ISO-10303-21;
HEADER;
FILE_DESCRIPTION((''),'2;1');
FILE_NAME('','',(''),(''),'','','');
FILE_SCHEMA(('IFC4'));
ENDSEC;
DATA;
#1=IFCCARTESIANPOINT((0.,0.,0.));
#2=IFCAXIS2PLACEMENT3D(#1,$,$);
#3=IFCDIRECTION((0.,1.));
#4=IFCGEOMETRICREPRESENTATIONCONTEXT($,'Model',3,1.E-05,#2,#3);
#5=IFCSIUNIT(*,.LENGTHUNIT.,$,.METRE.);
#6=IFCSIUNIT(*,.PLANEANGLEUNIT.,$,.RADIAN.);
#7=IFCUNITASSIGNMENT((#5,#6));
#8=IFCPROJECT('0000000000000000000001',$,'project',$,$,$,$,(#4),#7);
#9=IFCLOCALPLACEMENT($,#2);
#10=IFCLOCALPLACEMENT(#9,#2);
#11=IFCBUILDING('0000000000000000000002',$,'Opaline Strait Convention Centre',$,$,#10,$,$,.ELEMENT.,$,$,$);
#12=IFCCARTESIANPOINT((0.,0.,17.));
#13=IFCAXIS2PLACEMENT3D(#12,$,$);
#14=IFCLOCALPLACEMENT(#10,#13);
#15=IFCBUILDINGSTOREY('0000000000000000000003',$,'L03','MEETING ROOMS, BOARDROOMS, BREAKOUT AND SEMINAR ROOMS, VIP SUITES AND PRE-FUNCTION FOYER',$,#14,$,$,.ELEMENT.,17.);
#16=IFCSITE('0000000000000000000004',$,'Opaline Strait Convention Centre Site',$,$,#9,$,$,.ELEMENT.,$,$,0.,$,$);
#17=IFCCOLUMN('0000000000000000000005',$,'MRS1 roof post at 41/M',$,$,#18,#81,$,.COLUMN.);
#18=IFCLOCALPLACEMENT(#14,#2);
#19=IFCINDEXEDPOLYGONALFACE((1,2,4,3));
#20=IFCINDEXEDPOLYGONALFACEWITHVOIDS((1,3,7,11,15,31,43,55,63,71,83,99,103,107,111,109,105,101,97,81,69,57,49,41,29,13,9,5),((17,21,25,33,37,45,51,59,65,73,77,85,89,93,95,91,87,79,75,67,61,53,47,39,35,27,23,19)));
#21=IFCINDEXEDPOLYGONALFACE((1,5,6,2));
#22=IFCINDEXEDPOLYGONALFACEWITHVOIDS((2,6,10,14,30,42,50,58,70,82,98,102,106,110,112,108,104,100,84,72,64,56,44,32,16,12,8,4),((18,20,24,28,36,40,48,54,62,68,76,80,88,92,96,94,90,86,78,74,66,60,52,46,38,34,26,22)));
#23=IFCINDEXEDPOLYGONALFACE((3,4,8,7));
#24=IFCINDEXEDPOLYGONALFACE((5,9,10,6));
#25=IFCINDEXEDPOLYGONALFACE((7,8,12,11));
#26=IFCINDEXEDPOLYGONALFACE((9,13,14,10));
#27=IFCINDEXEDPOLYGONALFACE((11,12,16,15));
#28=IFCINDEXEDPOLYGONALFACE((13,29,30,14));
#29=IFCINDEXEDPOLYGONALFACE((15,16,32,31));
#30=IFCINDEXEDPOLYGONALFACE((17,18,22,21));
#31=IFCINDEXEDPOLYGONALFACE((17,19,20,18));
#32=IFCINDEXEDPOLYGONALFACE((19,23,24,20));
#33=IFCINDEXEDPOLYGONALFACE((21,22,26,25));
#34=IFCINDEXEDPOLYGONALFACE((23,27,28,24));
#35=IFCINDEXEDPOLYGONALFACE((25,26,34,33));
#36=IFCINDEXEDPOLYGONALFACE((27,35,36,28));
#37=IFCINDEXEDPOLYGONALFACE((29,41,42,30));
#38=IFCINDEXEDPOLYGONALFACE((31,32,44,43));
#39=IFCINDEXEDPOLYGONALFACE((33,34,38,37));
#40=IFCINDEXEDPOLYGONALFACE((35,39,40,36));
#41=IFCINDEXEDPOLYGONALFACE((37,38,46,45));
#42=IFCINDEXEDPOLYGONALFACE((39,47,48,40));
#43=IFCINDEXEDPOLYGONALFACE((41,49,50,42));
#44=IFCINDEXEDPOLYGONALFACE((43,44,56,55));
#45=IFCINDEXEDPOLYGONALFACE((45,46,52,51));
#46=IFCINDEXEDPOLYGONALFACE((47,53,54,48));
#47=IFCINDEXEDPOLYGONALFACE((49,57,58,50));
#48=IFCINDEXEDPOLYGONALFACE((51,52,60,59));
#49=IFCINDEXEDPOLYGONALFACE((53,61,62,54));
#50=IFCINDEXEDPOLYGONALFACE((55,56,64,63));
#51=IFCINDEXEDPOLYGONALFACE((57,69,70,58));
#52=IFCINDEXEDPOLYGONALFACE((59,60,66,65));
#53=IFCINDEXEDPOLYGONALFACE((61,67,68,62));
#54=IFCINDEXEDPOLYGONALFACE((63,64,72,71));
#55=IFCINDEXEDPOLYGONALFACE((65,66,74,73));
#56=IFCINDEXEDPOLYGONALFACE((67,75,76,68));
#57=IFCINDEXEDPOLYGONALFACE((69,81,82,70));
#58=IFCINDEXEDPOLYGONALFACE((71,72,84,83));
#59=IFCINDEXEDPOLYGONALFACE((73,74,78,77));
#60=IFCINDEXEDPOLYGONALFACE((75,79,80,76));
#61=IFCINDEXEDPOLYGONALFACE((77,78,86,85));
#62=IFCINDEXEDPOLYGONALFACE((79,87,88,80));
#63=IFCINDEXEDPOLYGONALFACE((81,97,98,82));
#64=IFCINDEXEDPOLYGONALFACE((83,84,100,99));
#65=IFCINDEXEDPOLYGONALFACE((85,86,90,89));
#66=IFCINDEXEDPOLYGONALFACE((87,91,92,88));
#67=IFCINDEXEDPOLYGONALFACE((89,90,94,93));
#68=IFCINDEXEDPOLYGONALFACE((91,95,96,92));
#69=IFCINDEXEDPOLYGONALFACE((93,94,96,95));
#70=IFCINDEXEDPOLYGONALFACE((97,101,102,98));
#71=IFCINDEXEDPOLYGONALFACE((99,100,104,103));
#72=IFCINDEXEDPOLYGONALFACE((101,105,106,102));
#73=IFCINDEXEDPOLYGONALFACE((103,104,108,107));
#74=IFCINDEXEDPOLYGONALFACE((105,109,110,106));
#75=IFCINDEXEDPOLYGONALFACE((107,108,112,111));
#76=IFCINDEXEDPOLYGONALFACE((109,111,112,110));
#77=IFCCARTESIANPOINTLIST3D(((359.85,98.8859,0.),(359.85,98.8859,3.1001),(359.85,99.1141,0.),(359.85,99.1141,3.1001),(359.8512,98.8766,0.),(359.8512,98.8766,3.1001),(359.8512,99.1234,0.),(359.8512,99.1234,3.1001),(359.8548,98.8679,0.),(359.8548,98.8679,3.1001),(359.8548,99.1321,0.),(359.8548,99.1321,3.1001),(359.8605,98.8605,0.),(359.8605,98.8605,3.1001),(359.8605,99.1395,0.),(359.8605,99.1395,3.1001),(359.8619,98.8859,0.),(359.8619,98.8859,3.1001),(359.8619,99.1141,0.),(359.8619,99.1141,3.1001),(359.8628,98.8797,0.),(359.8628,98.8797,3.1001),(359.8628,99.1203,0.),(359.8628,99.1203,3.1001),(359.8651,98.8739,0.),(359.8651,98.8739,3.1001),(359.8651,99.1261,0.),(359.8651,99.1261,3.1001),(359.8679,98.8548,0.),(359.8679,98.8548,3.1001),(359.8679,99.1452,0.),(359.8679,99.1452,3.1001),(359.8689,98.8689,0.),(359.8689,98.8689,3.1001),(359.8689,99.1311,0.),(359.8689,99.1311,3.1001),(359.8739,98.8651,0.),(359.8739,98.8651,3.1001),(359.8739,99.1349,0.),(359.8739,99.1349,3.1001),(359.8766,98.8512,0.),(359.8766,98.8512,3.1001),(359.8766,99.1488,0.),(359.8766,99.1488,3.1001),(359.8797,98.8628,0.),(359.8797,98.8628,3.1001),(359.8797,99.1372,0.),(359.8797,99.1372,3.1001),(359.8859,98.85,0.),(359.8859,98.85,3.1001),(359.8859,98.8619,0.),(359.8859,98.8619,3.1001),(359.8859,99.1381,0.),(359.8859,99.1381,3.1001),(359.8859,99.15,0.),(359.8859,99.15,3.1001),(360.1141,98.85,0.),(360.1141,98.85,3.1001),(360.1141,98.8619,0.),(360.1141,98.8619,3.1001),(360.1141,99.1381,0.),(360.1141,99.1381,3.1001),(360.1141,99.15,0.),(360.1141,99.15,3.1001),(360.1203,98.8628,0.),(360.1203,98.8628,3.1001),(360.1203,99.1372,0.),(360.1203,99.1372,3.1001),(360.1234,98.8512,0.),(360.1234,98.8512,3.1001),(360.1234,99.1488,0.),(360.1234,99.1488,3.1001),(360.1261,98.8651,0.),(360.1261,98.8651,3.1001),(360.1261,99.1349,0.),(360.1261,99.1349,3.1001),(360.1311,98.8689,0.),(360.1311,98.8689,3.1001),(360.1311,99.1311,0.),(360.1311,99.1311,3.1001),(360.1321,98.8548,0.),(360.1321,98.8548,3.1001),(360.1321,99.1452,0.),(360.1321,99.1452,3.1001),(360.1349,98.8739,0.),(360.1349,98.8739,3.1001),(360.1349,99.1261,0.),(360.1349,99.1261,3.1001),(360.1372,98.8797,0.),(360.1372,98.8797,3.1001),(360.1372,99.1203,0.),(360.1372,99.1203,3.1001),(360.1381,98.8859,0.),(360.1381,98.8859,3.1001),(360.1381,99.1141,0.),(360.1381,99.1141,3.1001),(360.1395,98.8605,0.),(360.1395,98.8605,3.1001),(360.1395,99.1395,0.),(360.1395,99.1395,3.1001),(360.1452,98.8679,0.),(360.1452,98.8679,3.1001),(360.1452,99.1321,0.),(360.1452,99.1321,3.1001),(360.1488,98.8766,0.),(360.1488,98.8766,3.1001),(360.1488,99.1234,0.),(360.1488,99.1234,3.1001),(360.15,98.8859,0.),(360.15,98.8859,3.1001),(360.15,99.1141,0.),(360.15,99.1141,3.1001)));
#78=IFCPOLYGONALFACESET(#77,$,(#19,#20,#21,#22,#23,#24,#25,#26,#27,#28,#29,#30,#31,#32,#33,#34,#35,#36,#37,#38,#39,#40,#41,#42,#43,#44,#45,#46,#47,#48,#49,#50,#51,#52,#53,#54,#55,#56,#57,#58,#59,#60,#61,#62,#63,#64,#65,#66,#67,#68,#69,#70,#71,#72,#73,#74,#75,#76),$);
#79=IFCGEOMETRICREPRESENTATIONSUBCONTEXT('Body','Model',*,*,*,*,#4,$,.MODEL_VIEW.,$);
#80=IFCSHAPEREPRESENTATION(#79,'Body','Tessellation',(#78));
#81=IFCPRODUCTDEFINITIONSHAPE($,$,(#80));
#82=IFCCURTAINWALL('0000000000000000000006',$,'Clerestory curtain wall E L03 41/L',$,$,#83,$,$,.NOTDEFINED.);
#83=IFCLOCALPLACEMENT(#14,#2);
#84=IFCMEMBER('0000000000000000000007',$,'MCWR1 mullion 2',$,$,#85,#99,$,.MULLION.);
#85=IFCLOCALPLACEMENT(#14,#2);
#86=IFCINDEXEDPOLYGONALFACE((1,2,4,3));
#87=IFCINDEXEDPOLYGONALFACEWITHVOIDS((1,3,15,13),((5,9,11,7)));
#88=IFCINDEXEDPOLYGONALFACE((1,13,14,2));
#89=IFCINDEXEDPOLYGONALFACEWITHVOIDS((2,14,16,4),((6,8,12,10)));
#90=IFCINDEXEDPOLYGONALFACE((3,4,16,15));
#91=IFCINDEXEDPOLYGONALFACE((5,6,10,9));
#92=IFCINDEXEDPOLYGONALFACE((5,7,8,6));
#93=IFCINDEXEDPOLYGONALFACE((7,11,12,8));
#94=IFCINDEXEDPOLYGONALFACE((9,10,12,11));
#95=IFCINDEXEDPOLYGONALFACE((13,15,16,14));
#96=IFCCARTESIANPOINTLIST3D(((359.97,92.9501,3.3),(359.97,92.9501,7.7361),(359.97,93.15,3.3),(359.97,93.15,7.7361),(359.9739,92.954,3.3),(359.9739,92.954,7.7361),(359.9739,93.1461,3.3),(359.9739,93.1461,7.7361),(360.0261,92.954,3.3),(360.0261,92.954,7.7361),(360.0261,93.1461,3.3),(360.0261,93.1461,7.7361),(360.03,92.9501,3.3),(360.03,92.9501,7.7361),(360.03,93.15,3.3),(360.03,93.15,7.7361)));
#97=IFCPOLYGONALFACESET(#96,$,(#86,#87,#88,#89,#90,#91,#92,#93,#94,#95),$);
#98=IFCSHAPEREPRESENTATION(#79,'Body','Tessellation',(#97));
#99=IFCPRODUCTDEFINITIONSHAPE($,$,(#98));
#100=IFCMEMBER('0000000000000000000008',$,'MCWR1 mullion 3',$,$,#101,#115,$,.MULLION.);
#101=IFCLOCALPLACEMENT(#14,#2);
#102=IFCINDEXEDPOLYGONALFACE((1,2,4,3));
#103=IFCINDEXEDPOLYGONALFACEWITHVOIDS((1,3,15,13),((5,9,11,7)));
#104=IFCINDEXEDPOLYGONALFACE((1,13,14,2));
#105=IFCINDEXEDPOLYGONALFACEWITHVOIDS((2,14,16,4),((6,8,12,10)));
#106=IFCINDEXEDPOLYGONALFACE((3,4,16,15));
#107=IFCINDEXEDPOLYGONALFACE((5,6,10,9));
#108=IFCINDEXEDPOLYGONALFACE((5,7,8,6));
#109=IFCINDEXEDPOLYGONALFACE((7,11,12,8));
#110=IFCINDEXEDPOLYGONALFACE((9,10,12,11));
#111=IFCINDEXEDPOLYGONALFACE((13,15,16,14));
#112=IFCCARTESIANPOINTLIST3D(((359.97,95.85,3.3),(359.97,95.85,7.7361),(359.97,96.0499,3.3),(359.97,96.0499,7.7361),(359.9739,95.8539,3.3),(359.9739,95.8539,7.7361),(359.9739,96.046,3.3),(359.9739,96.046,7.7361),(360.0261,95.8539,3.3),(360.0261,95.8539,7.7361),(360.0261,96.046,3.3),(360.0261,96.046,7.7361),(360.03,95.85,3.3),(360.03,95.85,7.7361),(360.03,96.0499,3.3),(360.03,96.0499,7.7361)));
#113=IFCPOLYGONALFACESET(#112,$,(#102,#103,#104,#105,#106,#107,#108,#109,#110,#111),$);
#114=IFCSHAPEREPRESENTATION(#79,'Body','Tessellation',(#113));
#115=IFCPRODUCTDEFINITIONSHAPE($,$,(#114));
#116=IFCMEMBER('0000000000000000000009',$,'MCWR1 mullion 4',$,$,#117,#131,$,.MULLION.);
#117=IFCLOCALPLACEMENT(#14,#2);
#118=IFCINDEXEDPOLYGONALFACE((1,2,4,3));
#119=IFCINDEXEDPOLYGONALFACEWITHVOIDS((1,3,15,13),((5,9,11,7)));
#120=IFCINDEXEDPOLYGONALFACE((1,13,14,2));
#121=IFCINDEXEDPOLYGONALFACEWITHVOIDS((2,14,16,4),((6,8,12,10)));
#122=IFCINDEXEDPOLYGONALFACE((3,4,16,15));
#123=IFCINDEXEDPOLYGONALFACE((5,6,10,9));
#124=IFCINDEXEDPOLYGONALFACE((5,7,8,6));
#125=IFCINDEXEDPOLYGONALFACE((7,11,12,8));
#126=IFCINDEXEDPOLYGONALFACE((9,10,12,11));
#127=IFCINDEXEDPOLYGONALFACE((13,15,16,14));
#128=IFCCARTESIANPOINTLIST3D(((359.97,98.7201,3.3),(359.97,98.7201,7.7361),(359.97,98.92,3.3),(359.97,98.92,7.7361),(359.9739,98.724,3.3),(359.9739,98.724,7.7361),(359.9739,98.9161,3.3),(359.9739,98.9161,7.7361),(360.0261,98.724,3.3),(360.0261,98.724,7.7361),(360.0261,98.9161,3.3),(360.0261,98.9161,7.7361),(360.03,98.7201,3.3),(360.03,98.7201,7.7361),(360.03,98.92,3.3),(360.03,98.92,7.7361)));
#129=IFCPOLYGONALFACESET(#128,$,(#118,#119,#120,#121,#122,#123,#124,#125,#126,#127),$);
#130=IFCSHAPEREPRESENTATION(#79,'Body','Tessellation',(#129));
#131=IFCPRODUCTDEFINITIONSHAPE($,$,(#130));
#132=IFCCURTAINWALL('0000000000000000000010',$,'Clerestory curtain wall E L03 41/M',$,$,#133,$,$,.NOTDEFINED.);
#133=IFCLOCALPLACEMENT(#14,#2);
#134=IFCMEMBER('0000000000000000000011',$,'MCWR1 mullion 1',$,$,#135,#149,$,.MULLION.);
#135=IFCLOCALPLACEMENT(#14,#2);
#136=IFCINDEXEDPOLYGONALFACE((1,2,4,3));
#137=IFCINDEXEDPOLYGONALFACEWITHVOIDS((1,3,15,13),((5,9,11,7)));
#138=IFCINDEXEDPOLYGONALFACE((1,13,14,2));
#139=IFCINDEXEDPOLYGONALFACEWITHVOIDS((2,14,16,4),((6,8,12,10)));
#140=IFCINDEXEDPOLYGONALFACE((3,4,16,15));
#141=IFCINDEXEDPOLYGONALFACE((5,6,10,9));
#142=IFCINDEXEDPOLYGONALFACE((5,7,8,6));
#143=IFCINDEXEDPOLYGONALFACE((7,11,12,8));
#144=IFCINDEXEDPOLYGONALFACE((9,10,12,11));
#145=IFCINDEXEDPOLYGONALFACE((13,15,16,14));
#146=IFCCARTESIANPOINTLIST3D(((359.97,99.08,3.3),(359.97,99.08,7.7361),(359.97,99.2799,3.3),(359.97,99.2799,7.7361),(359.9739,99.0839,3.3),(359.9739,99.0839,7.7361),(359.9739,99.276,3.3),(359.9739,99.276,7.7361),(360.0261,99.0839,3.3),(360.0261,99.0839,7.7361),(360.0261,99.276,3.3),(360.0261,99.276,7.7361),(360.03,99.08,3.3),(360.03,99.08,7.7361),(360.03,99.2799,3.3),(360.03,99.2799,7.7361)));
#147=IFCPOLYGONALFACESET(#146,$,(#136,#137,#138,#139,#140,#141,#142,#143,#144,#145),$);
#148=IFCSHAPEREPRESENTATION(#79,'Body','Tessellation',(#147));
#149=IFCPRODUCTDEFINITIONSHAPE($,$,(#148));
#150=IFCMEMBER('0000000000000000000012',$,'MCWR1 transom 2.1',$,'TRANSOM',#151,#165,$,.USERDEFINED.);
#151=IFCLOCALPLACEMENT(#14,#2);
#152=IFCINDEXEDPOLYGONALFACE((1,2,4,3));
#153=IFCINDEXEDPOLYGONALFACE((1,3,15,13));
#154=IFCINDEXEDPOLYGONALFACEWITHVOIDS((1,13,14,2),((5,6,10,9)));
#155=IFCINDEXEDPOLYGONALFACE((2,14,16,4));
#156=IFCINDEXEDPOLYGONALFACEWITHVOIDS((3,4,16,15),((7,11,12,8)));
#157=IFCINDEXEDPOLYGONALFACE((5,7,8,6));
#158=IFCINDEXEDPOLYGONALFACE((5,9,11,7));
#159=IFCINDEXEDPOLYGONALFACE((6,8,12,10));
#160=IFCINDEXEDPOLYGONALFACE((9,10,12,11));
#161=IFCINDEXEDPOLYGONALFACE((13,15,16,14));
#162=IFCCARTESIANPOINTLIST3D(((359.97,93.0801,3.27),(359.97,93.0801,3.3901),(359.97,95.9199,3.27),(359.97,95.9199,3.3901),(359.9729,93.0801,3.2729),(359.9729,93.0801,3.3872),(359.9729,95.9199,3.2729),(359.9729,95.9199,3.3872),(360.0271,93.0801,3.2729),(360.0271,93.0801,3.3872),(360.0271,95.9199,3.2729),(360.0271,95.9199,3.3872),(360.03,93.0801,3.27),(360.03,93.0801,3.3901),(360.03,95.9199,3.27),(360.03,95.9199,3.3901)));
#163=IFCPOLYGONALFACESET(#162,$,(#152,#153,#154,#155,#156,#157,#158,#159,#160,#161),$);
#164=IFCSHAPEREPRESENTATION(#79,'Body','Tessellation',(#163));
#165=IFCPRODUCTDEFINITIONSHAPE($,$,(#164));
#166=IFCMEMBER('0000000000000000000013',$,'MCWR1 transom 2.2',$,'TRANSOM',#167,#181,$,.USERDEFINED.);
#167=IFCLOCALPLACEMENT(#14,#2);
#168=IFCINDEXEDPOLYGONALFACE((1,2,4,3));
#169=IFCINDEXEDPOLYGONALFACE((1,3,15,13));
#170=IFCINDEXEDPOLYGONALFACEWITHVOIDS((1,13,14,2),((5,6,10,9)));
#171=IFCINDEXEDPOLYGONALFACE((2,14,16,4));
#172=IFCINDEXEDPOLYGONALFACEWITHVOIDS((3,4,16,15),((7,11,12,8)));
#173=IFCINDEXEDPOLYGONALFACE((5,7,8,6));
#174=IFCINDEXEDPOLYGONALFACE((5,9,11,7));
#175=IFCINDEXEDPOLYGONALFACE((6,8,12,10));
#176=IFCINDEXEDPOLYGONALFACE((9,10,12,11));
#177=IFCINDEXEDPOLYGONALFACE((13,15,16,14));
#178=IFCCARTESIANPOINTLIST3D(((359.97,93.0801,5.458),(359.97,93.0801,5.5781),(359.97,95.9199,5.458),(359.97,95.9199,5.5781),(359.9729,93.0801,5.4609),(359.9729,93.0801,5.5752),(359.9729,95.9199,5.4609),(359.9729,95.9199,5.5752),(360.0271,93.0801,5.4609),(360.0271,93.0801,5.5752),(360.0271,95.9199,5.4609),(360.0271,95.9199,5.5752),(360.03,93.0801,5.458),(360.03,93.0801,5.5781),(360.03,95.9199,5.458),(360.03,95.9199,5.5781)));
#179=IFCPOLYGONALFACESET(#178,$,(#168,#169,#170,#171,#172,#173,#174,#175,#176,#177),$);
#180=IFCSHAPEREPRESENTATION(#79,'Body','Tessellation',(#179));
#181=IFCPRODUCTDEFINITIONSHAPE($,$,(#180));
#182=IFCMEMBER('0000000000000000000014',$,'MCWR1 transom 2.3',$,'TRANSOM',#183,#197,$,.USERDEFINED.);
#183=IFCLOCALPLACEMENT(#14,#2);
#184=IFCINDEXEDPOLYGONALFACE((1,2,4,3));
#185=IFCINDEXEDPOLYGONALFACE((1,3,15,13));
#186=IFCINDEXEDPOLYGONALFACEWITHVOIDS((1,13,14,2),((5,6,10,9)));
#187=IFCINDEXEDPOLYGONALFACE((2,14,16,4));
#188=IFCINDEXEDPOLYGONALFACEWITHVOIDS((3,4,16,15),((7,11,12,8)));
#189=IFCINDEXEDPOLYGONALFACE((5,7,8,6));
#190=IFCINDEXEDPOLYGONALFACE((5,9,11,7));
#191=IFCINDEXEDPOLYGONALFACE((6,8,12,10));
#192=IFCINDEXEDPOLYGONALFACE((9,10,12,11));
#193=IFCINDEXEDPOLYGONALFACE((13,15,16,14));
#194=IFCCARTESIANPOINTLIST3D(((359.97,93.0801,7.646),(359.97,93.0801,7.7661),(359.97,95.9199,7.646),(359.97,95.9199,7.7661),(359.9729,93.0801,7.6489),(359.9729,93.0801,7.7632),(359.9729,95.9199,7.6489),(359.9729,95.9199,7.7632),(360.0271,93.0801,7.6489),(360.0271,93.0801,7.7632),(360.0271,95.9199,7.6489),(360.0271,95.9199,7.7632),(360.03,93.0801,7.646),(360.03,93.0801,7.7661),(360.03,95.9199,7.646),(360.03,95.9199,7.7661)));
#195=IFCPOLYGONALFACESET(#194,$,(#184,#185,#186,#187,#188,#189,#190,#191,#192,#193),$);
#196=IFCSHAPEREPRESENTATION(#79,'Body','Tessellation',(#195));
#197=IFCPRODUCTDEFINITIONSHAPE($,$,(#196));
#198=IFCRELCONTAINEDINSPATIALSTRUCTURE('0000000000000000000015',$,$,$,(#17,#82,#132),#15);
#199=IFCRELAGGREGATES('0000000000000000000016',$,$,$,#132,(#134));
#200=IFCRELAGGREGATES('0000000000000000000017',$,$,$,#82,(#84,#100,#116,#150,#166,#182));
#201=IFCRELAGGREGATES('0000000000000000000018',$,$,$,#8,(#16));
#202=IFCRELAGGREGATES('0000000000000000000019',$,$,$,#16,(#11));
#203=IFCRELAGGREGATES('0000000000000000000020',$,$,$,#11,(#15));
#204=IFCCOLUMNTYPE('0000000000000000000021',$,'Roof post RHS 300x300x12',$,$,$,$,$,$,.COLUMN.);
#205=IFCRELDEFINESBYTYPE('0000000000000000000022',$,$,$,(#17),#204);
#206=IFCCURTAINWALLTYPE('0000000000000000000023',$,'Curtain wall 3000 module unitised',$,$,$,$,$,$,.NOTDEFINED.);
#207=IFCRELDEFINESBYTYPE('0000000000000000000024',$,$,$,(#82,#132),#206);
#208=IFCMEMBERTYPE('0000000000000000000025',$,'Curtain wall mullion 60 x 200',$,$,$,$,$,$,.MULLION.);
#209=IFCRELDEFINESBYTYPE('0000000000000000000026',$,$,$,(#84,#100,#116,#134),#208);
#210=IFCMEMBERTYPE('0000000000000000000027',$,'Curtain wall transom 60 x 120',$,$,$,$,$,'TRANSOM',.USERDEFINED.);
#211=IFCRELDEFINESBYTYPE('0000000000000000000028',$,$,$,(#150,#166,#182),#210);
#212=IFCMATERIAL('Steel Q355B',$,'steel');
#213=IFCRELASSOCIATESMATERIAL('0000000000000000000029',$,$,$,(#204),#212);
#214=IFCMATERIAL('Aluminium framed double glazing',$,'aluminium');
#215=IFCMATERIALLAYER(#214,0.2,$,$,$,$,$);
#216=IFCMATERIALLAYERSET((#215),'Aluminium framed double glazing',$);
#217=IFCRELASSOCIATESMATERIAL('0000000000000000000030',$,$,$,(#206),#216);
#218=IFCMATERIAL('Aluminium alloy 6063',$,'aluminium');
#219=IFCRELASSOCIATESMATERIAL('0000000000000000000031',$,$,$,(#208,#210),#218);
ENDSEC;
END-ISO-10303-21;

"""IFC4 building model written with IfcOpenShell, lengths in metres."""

from ifc_helpers import new_model, si_unit, direction, frame, origin, origin_2d, place, context, subcontext, project, spatial, hollow_rectangle, extrude, material, layer, layer_set, material_profile, profile_set, type_object, element, aggregate, save


model = new_model("IFC4")

# Units and contexts
model_context = context("Model", 3, precision=1e-05, world=origin(), true_north=direction((0.0, 1.0)))
body_context = subcontext(model_context, "Body", "Model", "MODEL_VIEW")
ifc_project = project(units=[si_unit("LENGTHUNIT", "METRE"), si_unit("PLANEANGLEUNIT", "RADIAN")], contexts=[model_context])

# Site, building, storey
site_placement = place(None, origin())
site = spatial("IfcSite", under=ifc_project, at=site_placement, Name="Opaline Strait Convention Centre Site", CompositionType="ELEMENT", RefElevation=0.0)
building_placement = place(site_placement, origin())
building = spatial("IfcBuilding", under=site, at=building_placement, Name="Opaline Strait Convention Centre", CompositionType="ELEMENT")
storey_placement = place(building_placement, frame((0.0, 0.0, 17.0)))
storey = spatial("IfcBuildingStorey", under=building, at=storey_placement, Name="L03", Description="MEETING ROOMS, BOARDROOMS, BREAKOUT AND SEMINAR ROOMS, VIP SUITES AND PRE-FUNCTION FOYER", CompositionType="ELEMENT", Elevation=17.0)

# Column
ifc_material_1 = material(Name="Steel Q355B", Category="steel")
ifc_material_profile_1 = material_profile(ifc_material_1, hollow_rectangle(XDim=0.3, YDim=0.3, WallThickness=0.012, InnerFilletRadius=0.0239, OuterFilletRadius=0.0359, at=origin_2d()), Name="RHS 300x300x12")
ifc_profile_set_1 = profile_set([ifc_material_profile_1], Name="Steel Q355B")
column_type = type_object("IfcColumnType", Name="Roof post RHS 300x300x12", PredefinedType="COLUMN", material=ifc_profile_set_1)
column_placement = place(storey_placement, frame((360.0, 99.0, 0.0), z_axis=(0.0, 0.0, 1.0), x_axis=(1.0, 0.0, 0.0)))
element("IfcColumn", 1, at=column_placement, inside=storey, type_object=column_type, Name="MRS1 roof post at 41/M", PredefinedType="COLUMN", context=body_context, shape_type="SweptSolid", body=[
    extrude(hollow_rectangle(XDim=0.3, YDim=0.3, WallThickness=0.012, InnerFilletRadius=0.0239, OuterFilletRadius=0.0359, at=origin_2d()), origin(), (0.0, 0.0, 1.0), 3.1001),
])

# Curtain wall, members
ifc_material_2 = material(Name="Aluminium framed double glazing", Category="aluminium")
ifc_layer_1 = layer(ifc_material_2, 0.2)
ifc_layer_set_1 = layer_set([ifc_layer_1], Name="Aluminium framed double glazing")
curtain_wall_type = type_object("IfcCurtainWallType", Name="Curtain wall 3000 module unitised", PredefinedType="NOTDEFINED", material=ifc_layer_set_1)
curtain_wall_1_placement = place(storey_placement, origin())
curtain_wall_1 = element("IfcCurtainWall", 2, at=curtain_wall_1_placement, inside=storey, type_object=curtain_wall_type, Name="Clerestory curtain wall E L03 41/L", PredefinedType="NOTDEFINED")
ifc_material_3 = material(Name="Aluminium alloy 6063", Category="aluminium")
ifc_material_profile_2 = material_profile(ifc_material_3, hollow_rectangle(XDim=0.0601, YDim=0.2, WallThickness=0.0039, at=origin_2d()), Name="MULLION 60x200x4")
ifc_profile_set_2 = profile_set([ifc_material_profile_2], Name="Aluminium alloy 6063")
member_type_1 = type_object("IfcMemberType", Name="Curtain wall mullion 60 x 200", PredefinedType="MULLION", material=ifc_profile_set_2)
member_1_placement = place(storey_placement, frame((360.0, 93.05, 3.3), z_axis=(0.0, 0.0, 1.0), x_axis=(-1.0, 0.0, 0.0)))
member_1 = element("IfcMember", 3, at=member_1_placement, type_object=member_type_1, Name="MCWR1 mullion 2", PredefinedType="MULLION", context=body_context, shape_type="SweptSolid", body=[
    extrude(hollow_rectangle(XDim=0.0601, YDim=0.2, WallThickness=0.0039, at=origin_2d()), origin(), (0.0, 0.0, 1.0), 4.436),
])
member_2_placement = place(storey_placement, frame((360.0, 95.95, 3.3), z_axis=(0.0, 0.0, 1.0), x_axis=(-1.0, 0.0, 0.0)))
member_2 = element("IfcMember", 4, at=member_2_placement, type_object=member_type_1, Name="MCWR1 mullion 3", PredefinedType="MULLION", context=body_context, shape_type="SweptSolid", body=[
    extrude(hollow_rectangle(XDim=0.0601, YDim=0.2, WallThickness=0.0039, at=origin_2d()), origin(), (0.0, 0.0, 1.0), 4.436),
])
member_3_placement = place(storey_placement, frame((360.0, 98.8201, 3.3), z_axis=(0.0, 0.0, 1.0), x_axis=(-1.0, 0.0, 0.0)))
member_3 = element("IfcMember", 5, at=member_3_placement, type_object=member_type_1, Name="MCWR1 mullion 4", PredefinedType="MULLION", context=body_context, shape_type="SweptSolid", body=[
    extrude(hollow_rectangle(XDim=0.0601, YDim=0.2, WallThickness=0.0039, at=origin_2d()), origin(), (0.0, 0.0, 1.0), 4.436),
])

# Curtain wall, member
curtain_wall_2_placement = place(storey_placement, origin())
curtain_wall_2 = element("IfcCurtainWall", 6, at=curtain_wall_2_placement, inside=storey, type_object=curtain_wall_type, Name="Clerestory curtain wall E L03 41/M", PredefinedType="NOTDEFINED")
member_4_placement = place(storey_placement, frame((360.0, 99.1799, 3.3), z_axis=(0.0, 0.0, 1.0), x_axis=(-1.0, 0.0, 0.0)))
member_4 = element("IfcMember", 7, at=member_4_placement, type_object=member_type_1, Name="MCWR1 mullion 1", PredefinedType="MULLION", context=body_context, shape_type="SweptSolid", body=[
    extrude(hollow_rectangle(XDim=0.0601, YDim=0.2, WallThickness=0.0039, at=origin_2d()), origin(), (0.0, 0.0, 1.0), 4.436),
])
aggregate(curtain_wall_2, [member_4])

# Members
ifc_material_profile_3 = material_profile(ifc_material_3, hollow_rectangle(XDim=0.0601, YDim=0.1201, WallThickness=0.0029, at=origin_2d()), Name="TRANSOM 60x120x3")
ifc_profile_set_3 = profile_set([ifc_material_profile_3], Name="Aluminium alloy 6063")
member_type_2 = type_object("IfcMemberType", Name="Curtain wall transom 60 x 120", ElementType="TRANSOM", PredefinedType="USERDEFINED", material=ifc_profile_set_3)
member_5_placement = place(storey_placement, frame((360.0, 93.0801, 3.3301), z_axis=(0.0, 1.0, 0.0), x_axis=(-1.0, 0.0, 0.0)))
member_5 = element("IfcMember", 8, at=member_5_placement, type_object=member_type_2, Name="MCWR1 transom 2.1", ObjectType="TRANSOM", PredefinedType="USERDEFINED", context=body_context, shape_type="SweptSolid", body=[
    extrude(hollow_rectangle(XDim=0.0601, YDim=0.1201, WallThickness=0.0029, at=origin_2d()), origin(), (0.0, 0.0, 1.0), 2.8398),
])
member_6_placement = place(storey_placement, frame((360.0, 93.0801, 5.5181), z_axis=(0.0, 1.0, 0.0), x_axis=(-1.0, 0.0, 0.0)))
member_6 = element("IfcMember", 9, at=member_6_placement, type_object=member_type_2, Name="MCWR1 transom 2.2", ObjectType="TRANSOM", PredefinedType="USERDEFINED", context=body_context, shape_type="SweptSolid", body=[
    extrude(hollow_rectangle(XDim=0.0601, YDim=0.1201, WallThickness=0.0029, at=origin_2d()), origin(), (0.0, 0.0, 1.0), 2.8398),
])
member_7_placement = place(storey_placement, frame((360.0, 93.0801, 7.7061), z_axis=(0.0, 1.0, 0.0), x_axis=(-1.0, 0.0, 0.0)))
member_7 = element("IfcMember", 10, at=member_7_placement, type_object=member_type_2, Name="MCWR1 transom 2.3", ObjectType="TRANSOM", PredefinedType="USERDEFINED", context=body_context, shape_type="SweptSolid", body=[
    extrude(hollow_rectangle(XDim=0.0601, YDim=0.1201, WallThickness=0.0029, at=origin_2d()), origin(), (0.0, 0.0, 1.0), 2.8398),
])

aggregate(curtain_wall_1, [member_1, member_2, member_3, member_5, member_6, member_7])

save(model, "model.ifc")
